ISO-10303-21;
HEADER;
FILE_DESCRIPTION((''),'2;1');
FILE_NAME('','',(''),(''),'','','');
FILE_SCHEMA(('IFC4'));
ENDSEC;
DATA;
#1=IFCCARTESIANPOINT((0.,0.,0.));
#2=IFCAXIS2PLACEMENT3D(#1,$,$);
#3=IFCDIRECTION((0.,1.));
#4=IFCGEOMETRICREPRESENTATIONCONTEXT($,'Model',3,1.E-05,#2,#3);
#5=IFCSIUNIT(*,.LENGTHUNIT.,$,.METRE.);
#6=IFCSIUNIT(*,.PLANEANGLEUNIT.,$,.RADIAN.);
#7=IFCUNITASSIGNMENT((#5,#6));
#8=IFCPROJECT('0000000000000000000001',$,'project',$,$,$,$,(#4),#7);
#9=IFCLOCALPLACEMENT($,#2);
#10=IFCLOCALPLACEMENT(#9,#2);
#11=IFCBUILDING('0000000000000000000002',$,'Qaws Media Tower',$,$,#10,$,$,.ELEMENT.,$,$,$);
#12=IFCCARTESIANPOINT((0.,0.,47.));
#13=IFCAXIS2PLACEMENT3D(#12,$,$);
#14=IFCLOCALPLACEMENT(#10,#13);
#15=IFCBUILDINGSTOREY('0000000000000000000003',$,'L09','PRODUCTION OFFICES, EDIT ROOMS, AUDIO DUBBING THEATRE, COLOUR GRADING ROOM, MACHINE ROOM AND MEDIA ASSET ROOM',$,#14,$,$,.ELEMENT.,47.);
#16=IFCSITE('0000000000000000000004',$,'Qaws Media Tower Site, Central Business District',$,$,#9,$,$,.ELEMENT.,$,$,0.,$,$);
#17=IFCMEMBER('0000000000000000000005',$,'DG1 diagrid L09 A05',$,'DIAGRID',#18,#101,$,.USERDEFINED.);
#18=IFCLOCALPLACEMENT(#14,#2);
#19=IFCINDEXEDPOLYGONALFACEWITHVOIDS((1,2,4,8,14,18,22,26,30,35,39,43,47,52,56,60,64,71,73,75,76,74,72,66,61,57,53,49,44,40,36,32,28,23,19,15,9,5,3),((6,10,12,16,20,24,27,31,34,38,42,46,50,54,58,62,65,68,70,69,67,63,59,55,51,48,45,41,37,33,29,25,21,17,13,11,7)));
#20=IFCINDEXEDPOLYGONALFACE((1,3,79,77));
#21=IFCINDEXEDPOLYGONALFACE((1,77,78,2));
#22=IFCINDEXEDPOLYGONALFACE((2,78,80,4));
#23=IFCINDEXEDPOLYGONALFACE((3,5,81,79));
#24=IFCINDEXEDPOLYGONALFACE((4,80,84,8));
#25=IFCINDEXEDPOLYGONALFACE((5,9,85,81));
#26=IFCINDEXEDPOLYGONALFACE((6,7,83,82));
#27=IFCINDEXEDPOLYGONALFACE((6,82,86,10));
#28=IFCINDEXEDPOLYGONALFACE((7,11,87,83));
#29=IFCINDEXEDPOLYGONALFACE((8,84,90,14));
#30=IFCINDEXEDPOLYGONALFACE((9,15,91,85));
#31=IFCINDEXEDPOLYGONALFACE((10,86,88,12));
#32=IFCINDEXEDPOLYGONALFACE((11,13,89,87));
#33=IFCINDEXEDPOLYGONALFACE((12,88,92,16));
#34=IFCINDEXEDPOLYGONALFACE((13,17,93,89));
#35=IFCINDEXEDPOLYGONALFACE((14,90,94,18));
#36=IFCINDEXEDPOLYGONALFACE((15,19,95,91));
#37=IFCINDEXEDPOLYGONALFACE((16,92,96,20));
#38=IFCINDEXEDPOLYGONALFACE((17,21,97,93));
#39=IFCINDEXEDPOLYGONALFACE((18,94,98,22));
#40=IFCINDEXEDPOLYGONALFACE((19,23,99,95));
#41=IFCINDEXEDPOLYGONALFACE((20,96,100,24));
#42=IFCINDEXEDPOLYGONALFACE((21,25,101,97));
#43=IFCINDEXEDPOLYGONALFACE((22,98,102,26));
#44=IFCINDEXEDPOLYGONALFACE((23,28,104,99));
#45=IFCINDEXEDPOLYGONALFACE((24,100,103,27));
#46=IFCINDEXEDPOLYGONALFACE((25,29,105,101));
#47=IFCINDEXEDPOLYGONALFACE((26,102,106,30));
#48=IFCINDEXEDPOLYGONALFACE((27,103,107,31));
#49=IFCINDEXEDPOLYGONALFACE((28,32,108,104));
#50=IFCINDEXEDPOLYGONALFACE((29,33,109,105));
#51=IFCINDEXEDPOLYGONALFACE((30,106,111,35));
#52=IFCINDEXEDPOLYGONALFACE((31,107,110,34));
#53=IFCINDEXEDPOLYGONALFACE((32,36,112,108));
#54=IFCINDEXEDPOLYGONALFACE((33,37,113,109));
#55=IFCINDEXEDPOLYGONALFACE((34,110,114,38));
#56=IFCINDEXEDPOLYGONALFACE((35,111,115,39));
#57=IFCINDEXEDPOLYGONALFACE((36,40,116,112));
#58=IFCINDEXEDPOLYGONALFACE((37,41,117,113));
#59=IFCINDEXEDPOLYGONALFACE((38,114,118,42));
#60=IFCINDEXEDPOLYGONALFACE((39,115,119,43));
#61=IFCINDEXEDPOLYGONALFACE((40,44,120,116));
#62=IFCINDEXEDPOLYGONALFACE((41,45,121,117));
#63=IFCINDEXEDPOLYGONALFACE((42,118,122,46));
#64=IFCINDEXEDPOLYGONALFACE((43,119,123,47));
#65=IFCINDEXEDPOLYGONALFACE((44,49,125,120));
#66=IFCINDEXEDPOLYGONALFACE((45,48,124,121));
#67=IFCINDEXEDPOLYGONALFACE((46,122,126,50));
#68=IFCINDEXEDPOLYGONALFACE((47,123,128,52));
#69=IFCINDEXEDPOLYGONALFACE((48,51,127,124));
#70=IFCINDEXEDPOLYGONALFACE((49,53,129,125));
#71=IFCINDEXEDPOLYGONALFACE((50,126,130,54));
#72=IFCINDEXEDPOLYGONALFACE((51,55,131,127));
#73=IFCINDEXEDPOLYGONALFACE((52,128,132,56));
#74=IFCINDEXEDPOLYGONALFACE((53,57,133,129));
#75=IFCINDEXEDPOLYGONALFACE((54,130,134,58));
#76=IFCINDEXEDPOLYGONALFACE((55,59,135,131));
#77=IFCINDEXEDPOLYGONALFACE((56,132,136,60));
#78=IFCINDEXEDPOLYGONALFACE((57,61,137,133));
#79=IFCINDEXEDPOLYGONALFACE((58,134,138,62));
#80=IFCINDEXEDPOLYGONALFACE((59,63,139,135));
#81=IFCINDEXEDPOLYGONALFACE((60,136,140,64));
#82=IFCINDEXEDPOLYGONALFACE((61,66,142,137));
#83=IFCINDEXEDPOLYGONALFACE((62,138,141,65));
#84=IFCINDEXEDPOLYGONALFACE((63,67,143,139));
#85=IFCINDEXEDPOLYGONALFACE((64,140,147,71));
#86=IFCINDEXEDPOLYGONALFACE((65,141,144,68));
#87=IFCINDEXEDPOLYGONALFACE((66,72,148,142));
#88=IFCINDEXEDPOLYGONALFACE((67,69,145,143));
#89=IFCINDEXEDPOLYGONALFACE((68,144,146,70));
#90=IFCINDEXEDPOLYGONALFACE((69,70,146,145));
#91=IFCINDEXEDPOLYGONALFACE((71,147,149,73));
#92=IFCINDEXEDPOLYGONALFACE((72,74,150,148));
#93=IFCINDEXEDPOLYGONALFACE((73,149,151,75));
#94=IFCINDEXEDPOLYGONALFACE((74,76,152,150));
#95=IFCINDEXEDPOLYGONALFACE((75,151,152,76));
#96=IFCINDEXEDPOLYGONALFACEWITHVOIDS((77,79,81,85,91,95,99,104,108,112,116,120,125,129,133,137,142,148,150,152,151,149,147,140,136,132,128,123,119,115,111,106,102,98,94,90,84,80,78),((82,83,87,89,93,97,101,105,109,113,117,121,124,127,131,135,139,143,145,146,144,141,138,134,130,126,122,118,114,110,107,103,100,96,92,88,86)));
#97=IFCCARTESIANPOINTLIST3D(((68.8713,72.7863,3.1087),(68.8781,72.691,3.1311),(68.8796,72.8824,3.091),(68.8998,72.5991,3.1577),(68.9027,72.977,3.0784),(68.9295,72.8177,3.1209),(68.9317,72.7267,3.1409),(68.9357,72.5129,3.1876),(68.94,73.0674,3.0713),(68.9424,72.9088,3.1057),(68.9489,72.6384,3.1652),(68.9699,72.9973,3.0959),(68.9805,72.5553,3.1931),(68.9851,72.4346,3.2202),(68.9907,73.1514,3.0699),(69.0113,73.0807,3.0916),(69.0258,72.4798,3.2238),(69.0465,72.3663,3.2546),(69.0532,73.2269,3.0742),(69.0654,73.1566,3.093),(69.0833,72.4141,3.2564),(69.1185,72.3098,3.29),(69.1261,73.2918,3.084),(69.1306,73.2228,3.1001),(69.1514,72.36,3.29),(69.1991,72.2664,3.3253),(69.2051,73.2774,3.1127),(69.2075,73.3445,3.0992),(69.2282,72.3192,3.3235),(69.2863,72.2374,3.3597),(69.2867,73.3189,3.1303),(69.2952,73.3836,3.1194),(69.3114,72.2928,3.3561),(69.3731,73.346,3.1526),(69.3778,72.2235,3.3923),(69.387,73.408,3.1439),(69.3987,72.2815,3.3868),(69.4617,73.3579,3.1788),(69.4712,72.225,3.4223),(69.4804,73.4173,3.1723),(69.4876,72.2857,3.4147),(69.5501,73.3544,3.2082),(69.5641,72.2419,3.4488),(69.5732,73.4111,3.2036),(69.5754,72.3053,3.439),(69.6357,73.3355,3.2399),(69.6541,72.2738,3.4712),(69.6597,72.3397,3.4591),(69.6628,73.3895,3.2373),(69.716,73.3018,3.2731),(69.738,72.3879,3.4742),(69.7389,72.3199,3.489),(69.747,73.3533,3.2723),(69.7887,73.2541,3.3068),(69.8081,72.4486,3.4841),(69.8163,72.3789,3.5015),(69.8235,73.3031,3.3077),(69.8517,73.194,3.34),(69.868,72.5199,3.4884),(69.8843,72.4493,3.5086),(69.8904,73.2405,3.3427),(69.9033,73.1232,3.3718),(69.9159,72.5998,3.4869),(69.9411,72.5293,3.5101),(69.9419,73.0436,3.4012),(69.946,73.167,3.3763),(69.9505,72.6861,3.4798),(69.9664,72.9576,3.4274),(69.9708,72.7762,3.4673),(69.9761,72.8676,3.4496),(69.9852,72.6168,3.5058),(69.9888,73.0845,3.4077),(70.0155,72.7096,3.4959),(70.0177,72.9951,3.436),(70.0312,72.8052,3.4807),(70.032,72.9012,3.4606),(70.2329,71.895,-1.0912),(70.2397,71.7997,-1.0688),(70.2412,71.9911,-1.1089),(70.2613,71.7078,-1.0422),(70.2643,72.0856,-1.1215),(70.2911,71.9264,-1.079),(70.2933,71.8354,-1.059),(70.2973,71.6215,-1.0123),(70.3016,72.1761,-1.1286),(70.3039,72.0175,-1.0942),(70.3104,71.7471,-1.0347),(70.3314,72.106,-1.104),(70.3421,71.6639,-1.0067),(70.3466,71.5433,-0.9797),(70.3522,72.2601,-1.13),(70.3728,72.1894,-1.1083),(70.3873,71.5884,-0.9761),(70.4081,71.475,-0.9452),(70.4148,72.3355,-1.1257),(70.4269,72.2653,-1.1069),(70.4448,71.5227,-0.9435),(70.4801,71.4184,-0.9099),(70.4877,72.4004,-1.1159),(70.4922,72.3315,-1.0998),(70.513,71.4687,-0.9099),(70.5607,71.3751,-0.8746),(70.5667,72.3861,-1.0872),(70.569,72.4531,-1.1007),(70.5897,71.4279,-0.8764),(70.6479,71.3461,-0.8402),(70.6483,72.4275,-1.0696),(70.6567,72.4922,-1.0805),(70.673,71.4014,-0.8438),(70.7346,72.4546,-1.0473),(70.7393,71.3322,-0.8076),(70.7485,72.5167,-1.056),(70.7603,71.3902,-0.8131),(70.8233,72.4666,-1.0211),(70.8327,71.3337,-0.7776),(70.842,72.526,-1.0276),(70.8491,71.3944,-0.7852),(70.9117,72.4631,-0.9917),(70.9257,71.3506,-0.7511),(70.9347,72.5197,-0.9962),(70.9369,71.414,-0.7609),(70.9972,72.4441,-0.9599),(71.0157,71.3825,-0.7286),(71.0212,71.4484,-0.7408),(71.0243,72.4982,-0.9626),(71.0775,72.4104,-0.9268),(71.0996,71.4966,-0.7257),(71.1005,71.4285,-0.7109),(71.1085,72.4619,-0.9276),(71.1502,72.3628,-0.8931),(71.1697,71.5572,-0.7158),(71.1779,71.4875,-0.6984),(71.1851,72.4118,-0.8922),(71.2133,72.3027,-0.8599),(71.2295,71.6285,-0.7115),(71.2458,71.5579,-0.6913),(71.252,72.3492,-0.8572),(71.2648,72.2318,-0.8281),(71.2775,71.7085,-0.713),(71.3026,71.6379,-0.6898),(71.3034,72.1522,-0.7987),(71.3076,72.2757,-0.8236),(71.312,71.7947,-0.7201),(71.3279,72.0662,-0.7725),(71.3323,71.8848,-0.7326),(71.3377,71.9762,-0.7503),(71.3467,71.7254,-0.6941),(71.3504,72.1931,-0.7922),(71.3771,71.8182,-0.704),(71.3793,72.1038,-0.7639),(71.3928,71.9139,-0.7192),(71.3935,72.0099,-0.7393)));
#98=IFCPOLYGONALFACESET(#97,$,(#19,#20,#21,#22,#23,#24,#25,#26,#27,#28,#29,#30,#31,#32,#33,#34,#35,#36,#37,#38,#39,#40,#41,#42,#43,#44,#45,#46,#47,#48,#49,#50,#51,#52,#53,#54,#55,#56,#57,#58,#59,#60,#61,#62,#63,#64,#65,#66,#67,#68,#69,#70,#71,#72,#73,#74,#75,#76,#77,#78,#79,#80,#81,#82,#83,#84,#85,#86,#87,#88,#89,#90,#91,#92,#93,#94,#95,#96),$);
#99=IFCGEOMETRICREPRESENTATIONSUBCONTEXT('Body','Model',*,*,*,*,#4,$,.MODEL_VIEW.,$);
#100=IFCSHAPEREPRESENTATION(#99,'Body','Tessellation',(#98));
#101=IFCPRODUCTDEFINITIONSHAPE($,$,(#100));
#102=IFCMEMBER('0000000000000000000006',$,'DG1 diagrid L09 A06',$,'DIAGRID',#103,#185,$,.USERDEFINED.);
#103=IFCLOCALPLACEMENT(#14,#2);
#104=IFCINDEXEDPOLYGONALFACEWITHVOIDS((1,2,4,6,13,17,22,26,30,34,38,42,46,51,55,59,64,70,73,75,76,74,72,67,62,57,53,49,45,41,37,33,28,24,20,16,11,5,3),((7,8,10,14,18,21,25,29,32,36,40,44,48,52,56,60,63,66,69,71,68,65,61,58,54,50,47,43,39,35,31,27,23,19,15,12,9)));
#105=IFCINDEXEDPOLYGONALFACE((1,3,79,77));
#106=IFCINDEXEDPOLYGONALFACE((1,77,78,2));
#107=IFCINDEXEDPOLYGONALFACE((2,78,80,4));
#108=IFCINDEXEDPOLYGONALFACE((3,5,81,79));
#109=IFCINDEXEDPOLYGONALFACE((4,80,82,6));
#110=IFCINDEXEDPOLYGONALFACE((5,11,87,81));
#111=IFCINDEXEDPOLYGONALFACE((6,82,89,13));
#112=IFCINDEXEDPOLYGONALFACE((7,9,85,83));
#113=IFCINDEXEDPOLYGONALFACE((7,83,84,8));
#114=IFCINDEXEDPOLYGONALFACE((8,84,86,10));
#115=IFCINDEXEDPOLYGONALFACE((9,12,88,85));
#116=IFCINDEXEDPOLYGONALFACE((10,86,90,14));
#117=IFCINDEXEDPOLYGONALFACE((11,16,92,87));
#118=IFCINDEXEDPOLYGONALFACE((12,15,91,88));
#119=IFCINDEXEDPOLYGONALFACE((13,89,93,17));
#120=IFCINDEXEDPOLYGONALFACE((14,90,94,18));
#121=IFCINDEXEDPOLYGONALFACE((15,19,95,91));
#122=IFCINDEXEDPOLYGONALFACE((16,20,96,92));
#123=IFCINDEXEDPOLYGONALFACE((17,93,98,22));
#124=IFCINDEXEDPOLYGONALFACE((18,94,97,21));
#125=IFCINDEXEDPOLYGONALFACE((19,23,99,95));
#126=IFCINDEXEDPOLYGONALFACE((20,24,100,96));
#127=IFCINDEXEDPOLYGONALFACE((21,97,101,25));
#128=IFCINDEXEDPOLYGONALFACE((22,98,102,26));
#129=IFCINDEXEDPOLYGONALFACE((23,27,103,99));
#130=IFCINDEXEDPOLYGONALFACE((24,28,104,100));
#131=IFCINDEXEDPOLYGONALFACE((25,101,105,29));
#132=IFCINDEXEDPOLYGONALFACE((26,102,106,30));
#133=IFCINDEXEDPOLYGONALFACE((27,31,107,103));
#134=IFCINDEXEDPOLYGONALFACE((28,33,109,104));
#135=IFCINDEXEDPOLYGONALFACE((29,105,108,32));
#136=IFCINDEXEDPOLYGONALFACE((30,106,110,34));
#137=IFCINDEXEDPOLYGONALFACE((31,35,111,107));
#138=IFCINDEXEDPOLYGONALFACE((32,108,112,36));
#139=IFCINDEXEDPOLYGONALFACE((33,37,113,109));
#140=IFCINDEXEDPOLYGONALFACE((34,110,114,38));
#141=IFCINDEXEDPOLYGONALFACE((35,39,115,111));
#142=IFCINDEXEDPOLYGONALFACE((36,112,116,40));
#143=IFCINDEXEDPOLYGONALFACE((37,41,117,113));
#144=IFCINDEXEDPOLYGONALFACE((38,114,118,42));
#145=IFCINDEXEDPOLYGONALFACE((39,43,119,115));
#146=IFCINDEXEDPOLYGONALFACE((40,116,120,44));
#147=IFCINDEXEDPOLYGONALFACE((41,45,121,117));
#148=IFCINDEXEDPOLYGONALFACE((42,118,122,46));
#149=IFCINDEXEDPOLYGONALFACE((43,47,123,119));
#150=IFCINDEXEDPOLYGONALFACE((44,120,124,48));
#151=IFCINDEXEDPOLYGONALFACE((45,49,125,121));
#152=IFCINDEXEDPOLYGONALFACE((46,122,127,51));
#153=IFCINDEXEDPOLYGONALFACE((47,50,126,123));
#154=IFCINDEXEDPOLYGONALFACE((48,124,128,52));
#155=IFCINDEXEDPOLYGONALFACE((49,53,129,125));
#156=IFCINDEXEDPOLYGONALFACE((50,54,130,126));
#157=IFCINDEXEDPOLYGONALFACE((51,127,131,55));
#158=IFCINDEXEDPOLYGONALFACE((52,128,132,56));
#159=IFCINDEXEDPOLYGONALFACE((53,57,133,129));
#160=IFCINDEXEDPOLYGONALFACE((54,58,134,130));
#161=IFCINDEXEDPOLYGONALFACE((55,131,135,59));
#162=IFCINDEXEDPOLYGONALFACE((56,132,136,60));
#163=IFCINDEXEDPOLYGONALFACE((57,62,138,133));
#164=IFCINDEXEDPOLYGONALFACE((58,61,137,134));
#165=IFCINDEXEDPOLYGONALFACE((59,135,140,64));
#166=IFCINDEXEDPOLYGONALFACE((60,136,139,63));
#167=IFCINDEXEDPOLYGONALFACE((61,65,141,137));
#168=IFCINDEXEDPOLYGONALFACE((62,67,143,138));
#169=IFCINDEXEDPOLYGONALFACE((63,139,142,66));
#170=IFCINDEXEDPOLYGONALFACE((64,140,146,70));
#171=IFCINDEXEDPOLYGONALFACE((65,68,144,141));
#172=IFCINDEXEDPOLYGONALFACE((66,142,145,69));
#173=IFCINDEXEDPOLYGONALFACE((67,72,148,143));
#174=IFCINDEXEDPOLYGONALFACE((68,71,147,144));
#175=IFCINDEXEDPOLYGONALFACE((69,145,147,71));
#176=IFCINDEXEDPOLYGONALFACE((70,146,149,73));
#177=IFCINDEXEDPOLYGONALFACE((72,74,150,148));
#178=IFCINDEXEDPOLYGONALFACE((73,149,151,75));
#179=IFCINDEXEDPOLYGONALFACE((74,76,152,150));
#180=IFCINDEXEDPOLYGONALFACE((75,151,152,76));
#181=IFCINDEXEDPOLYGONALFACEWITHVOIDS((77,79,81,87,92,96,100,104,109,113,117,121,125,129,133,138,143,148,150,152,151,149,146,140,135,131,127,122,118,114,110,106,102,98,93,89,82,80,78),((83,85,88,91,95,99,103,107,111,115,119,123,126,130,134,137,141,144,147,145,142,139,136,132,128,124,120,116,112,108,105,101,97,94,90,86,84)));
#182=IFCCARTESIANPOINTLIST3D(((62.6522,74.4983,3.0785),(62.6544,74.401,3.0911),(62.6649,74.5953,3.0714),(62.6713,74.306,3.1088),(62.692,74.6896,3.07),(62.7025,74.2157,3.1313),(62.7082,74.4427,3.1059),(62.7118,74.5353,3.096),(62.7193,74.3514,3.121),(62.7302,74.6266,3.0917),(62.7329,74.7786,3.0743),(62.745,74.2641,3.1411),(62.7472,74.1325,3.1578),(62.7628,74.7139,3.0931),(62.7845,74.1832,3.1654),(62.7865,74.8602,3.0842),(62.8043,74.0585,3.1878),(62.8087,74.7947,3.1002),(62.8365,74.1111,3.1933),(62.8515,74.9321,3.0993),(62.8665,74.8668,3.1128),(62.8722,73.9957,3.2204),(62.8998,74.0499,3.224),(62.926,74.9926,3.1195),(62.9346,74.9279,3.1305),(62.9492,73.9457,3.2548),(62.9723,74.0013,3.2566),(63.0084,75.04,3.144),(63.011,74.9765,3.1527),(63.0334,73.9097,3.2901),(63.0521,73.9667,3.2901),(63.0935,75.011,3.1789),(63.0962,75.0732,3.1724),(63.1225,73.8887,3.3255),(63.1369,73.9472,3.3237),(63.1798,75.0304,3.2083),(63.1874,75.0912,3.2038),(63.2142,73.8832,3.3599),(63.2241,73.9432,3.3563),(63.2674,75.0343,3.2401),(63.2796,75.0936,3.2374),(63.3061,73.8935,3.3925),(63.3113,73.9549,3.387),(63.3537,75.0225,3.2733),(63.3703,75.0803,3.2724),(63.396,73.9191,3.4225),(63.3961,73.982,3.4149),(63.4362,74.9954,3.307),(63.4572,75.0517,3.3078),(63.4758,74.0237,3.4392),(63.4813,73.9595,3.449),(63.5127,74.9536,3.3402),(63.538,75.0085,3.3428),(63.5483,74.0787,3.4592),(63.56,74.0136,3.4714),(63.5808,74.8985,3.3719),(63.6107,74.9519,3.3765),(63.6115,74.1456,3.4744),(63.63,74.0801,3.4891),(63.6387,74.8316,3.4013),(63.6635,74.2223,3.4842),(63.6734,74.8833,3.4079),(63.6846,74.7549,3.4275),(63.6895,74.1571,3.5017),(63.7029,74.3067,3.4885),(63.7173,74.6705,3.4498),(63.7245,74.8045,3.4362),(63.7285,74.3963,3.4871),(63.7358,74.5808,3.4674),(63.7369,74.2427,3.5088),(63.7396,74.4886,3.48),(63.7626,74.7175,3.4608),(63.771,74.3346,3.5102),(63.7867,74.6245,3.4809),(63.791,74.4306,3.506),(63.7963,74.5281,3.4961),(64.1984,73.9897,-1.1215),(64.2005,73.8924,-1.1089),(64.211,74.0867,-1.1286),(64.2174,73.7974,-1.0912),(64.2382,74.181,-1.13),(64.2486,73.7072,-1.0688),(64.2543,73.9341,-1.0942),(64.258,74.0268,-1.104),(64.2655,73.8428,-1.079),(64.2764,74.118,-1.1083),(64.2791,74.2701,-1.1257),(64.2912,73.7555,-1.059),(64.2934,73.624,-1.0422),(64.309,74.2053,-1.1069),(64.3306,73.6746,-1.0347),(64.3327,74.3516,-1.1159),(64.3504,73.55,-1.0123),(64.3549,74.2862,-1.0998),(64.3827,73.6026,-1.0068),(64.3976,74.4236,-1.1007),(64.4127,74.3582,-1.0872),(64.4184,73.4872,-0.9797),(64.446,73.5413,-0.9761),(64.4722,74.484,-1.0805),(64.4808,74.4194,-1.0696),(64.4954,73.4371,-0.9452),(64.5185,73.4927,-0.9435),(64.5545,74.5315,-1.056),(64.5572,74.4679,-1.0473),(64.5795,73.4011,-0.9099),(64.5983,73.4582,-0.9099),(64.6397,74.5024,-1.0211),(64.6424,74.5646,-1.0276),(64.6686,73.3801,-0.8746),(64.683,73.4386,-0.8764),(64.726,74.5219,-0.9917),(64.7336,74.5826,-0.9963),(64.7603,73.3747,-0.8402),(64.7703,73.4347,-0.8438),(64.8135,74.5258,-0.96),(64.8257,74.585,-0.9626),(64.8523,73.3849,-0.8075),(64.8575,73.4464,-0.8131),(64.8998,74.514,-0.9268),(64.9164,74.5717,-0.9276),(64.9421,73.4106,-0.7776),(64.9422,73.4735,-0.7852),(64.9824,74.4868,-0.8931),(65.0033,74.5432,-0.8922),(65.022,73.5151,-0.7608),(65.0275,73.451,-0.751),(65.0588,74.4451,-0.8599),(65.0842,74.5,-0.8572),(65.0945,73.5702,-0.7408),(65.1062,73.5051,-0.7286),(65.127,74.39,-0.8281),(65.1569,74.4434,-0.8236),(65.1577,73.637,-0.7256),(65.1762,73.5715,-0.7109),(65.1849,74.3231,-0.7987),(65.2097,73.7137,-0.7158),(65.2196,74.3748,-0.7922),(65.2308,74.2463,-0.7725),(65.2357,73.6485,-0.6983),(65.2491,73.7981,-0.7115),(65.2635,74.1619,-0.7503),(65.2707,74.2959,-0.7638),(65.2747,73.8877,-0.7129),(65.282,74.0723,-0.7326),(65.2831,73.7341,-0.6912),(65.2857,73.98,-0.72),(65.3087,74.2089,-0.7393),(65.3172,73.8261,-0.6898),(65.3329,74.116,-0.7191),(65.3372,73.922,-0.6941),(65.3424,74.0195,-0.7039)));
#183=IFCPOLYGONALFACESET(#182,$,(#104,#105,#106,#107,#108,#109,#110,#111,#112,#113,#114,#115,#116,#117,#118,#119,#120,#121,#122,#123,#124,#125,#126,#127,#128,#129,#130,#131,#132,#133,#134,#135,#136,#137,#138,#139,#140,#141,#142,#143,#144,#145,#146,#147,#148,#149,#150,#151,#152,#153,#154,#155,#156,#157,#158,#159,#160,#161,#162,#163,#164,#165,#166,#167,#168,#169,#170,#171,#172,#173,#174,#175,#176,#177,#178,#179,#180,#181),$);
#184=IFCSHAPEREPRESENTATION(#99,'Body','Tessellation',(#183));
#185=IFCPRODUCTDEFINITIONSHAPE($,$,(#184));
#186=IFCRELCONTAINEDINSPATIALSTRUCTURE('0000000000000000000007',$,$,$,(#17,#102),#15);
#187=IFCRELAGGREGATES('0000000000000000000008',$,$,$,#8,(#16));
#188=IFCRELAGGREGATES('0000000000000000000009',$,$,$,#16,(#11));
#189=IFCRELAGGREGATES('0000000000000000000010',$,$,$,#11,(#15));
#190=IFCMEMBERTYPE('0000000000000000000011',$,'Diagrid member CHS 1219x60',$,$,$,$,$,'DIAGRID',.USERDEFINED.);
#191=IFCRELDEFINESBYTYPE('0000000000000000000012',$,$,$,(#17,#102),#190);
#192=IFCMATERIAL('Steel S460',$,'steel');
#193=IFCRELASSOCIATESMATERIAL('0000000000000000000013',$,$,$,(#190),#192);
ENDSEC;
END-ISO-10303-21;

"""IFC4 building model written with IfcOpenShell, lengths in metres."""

from ifc_helpers import new_model, si_unit, direction, frame, origin, origin_2d, place, context, subcontext, project, spatial, hollow_circle, extrude, material, material_profile, profile_set, type_object, element, save


model = new_model("IFC4")

# Units and contexts
model_context = context("Model", 3, precision=1e-05, world=origin(), true_north=direction((0.0, 1.0)))
body_context = subcontext(model_context, "Body", "Model", "MODEL_VIEW")
ifc_project = project(units=[si_unit("LENGTHUNIT", "METRE"), si_unit("PLANEANGLEUNIT", "RADIAN")], contexts=[model_context])

# Site, building, storey
site_placement = place(None, origin())
site = spatial("IfcSite", under=ifc_project, at=site_placement, Name="Qaws Media Tower Site, Central Business District", CompositionType="ELEMENT", RefElevation=0.0)
building_placement = place(site_placement, origin())
building = spatial("IfcBuilding", under=site, at=building_placement, Name="Qaws Media Tower", CompositionType="ELEMENT")
storey_placement = place(building_placement, frame((0.0, 0.0, 47.0)))
storey = spatial("IfcBuildingStorey", under=building, at=storey_placement, Name="L09", Description="PRODUCTION OFFICES, EDIT ROOMS, AUDIO DUBBING THEATRE, COLOUR GRADING ROOM, MACHINE ROOM AND MEDIA ASSET ROOM", CompositionType="ELEMENT", Elevation=47.0)

# Members
ifc_material_1 = material(Name="Steel S460", Category="steel")
ifc_material_profile_1 = material_profile(ifc_material_1, hollow_circle(Radius=0.6096, WallThickness=0.0601, at=origin_2d()), Name="CHS 1219x60")
ifc_profile_set_1 = profile_set([ifc_material_profile_1], Name="Steel S460")
member_type_1 = type_object("IfcMemberType", Name="Diagrid member CHS 1219x60", ElementType="DIAGRID", PredefinedType="USERDEFINED", material=ifc_profile_set_1)
member_1_placement = place(storey_placement, frame((70.814, 71.9285, -0.9099), z_axis=(-0.302288, 0.197894, 0.932448), x_axis=(-0.547722, -0.83666, 0.0)))
element("IfcMember", 1, at=member_1_placement, inside=storey, type_object=member_type_1, Name="DG1 diagrid L09 A05", ObjectType="DIAGRID", PredefinedType="USERDEFINED", context=body_context, shape_type="SweptSolid", body=[
    extrude(hollow_circle(Radius=0.6096, WallThickness=0.0601, at=origin_2d()), origin(), (0.0, 0.0, 1.0), 4.5042),
])
for number, where, z_axis, x_axis, name in (
    (2, (64.77, 73.9802, -0.9099), (-0.343259, 0.112902, 0.93243), (-0.312445, -0.949936, 0.0), "DG1 diagrid L09 A06"),
):
    element("IfcMember", number, at=place(storey_placement, frame(where, z_axis=z_axis, x_axis=x_axis)), inside=storey, type_object=member_type_1, Name=name, ObjectType="DIAGRID", PredefinedType="USERDEFINED", context=body_context, shape_type="SweptSolid", body=[
        extrude(hollow_circle(Radius=0.6096, WallThickness=0.0601, at=origin_2d()), origin(), (0.0, 0.0, 1.0), 4.5044),
    ])

save(model, "model.ifc")
